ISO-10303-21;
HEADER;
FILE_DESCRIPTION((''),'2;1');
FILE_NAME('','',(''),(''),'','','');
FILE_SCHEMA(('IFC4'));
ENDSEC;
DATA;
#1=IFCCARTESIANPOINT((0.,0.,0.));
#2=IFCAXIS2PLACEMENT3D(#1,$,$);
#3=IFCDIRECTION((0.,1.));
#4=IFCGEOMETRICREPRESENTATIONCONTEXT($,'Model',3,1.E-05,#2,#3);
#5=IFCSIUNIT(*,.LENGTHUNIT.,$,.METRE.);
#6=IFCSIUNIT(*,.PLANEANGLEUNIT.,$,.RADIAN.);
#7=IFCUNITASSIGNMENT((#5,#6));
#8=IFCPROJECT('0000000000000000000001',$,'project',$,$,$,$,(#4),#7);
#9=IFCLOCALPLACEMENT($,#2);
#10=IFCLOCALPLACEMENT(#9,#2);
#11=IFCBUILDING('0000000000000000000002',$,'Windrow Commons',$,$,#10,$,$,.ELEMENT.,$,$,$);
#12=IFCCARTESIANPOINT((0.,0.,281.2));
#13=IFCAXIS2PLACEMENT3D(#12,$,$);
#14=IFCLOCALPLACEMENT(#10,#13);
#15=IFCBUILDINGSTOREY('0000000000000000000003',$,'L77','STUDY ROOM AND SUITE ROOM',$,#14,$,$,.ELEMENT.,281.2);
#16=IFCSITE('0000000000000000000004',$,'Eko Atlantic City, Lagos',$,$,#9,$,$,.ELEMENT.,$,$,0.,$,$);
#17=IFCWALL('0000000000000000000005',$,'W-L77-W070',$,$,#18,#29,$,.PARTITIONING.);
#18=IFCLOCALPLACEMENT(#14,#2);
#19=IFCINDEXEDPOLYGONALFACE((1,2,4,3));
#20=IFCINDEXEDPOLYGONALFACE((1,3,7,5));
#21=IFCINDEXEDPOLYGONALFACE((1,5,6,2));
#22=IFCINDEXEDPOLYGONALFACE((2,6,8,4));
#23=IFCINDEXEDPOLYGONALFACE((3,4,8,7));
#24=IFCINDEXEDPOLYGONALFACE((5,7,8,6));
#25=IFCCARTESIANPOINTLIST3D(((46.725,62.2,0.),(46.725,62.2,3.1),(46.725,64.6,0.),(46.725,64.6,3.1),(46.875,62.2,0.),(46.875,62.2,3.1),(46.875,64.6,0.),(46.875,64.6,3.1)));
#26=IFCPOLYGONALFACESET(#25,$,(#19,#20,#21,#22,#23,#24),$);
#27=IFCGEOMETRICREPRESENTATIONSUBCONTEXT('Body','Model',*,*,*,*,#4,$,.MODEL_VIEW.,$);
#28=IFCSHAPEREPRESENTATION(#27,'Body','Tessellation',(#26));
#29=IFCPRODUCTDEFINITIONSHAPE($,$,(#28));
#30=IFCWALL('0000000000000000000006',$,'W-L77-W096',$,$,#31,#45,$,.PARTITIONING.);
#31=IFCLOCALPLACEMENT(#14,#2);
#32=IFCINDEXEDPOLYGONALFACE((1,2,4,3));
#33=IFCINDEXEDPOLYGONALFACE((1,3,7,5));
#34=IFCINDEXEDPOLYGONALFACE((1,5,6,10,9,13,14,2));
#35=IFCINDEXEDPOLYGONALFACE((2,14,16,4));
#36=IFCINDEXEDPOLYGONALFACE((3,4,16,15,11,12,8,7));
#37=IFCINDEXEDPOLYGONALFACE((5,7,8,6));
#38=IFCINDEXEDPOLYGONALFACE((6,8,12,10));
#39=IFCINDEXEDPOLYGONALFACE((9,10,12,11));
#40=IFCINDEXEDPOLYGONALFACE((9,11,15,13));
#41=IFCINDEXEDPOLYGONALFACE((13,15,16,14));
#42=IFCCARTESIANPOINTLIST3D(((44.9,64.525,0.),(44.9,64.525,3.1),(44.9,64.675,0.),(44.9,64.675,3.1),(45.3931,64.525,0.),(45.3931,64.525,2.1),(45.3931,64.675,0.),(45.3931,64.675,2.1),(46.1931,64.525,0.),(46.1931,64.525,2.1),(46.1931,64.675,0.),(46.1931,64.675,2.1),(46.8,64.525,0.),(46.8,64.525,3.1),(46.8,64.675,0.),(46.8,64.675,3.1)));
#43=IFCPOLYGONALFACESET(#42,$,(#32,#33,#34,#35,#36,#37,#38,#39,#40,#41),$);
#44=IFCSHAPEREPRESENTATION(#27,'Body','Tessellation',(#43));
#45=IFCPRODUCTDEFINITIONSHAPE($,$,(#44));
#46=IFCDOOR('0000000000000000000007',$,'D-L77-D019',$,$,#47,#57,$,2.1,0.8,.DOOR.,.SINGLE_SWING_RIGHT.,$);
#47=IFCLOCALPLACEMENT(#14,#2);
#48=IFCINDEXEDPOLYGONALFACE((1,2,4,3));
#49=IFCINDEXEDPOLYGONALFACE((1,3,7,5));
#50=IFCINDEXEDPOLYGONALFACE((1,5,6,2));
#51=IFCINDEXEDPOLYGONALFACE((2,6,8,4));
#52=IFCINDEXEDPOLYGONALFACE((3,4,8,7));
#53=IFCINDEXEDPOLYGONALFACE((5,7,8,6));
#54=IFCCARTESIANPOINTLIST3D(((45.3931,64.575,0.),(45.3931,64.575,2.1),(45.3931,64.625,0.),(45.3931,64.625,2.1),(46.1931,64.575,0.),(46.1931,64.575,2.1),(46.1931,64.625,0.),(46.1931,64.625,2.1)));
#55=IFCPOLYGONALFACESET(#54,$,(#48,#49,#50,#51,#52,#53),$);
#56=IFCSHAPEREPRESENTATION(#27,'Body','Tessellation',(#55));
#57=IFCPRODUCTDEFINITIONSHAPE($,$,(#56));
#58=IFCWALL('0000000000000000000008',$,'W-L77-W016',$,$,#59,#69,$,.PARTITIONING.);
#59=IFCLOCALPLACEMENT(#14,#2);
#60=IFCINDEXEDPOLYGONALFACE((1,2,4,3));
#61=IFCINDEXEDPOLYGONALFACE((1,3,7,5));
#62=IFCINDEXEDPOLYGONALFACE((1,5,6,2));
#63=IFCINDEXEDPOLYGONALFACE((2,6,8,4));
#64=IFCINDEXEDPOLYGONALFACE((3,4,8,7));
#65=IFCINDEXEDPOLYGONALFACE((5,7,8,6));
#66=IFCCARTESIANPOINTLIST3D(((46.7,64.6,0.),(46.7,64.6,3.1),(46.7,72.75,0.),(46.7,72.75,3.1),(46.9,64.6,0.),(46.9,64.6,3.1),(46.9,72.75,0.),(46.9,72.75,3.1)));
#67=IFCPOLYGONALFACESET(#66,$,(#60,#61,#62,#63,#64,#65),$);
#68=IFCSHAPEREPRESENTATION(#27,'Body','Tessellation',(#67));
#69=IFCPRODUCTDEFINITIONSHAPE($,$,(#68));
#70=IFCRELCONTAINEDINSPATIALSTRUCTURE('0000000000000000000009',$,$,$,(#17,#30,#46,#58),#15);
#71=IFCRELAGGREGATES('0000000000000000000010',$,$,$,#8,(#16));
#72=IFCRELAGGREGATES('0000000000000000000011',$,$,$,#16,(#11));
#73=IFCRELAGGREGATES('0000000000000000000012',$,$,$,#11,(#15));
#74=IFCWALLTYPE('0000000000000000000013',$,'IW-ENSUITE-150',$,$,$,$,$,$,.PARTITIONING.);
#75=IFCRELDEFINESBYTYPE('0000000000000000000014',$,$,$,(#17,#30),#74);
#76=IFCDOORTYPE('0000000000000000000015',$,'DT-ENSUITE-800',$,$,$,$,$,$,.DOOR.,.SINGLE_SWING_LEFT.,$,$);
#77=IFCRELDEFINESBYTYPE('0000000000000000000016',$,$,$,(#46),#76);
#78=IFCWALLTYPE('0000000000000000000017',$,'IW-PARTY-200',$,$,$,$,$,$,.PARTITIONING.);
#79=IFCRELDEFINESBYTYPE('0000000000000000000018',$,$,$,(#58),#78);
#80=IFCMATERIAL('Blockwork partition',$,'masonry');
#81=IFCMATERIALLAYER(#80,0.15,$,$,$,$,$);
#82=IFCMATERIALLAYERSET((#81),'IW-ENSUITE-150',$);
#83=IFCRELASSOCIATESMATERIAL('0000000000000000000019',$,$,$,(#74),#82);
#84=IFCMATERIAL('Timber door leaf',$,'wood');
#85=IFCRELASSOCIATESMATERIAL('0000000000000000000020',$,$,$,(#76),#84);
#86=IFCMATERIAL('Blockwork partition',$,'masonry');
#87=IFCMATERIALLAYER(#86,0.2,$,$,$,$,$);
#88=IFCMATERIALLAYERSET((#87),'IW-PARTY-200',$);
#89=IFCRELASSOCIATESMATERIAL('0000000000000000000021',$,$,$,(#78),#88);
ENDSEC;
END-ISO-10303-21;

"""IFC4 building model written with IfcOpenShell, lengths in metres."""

from ifc_helpers import new_model, si_unit, direction, frame, frame_2d, origin, place, context, subcontext, project, spatial, rectangle, extrude, material, layer, layer_set, type_object, element, fill, save


model = new_model("IFC4")

# Units and contexts
model_context = context("Model", 3, precision=1e-05, world=origin(), true_north=direction((0.0, 1.0)))
body_context = subcontext(model_context, "Body", "Model", "MODEL_VIEW")
ifc_project = project(units=[si_unit("LENGTHUNIT", "METRE"), si_unit("PLANEANGLEUNIT", "RADIAN")], contexts=[model_context])

# Site, building, storey
site_placement = place(None, origin())
site = spatial("IfcSite", under=ifc_project, at=site_placement, Name="Eko Atlantic City, Lagos", CompositionType="ELEMENT", RefElevation=0.0)
building_placement = place(site_placement, origin())
building = spatial("IfcBuilding", under=site, at=building_placement, Name="Windrow Commons", CompositionType="ELEMENT")
storey_placement = place(building_placement, frame((0.0, 0.0, 281.2)))
storey = spatial("IfcBuildingStorey", under=building, at=storey_placement, Name="L77", Description="STUDY ROOM AND SUITE ROOM", CompositionType="ELEMENT", Elevation=281.2)

# Wall
ifc_material_1 = material(Name="Blockwork partition", Category="masonry")
ifc_layer_1 = layer(ifc_material_1, 0.15)
ifc_layer_set_1 = layer_set([ifc_layer_1], Name="IW-ENSUITE-150")
wall_type_1 = type_object("IfcWallType", Name="IW-ENSUITE-150", PredefinedType="PARTITIONING", material=ifc_layer_set_1)
for number, where, z_axis, x_axis, name in (
    (1, (46.8, 62.2, 0.0), (0.0, 0.0, 1.0), (0.0, 1.0, 0.0), "W-L77-W070"),
):
    element("IfcWall", number, at=place(storey_placement, frame(where, z_axis=z_axis, x_axis=x_axis)), inside=storey, type_object=wall_type_1, Name=name, PredefinedType="PARTITIONING", context=body_context, shape_type="SweptSolid", body=[
        extrude(rectangle(XDim=2.4, YDim=0.15, at=frame_2d((1.2, 0.0))), origin(), (0.0, 0.0, 1.0), 3.1),
    ])

# Wall, opening, door
wall_1_placement = place(storey_placement, frame((44.9, 64.6, 0.0), z_axis=(0.0, 0.0, 1.0), x_axis=(1.0, 0.0, 0.0)))
wall_1 = element("IfcWall", 2, at=wall_1_placement, inside=storey, type_object=wall_type_1, Name="W-L77-W096", PredefinedType="PARTITIONING", context=body_context, shape_type="SweptSolid", body=[
    extrude(rectangle(XDim=1.9, YDim=0.15, at=frame_2d((0.95, 0.0))), origin(), (0.0, 0.0, 1.0), 3.1),
])
opening_1_placement = place(wall_1_placement, frame((0.4931, 0.0, 0.0)))
opening_1 = element("IfcOpeningElement", 3, at=opening_1_placement, cuts=wall_1, PredefinedType="OPENING", context=body_context, shape_type="SweptSolid", body=[
    extrude(rectangle(XDim=0.8, YDim=2.1, at=frame_2d((0.4, 1.05))), frame((0.0, 0.085, 0.0), z_axis=(0.0, -1.0, 0.0), x_axis=(1.0, 0.0, 0.0)), (0.0, 0.0, 1.0), 0.17),
])
ifc_material_2 = material(Name="Timber door leaf", Category="wood")
door_type_1 = type_object("IfcDoorType", Name="DT-ENSUITE-800", OperationType="SINGLE_SWING_LEFT", PredefinedType="DOOR", material=ifc_material_2)
door_1_placement = place(opening_1_placement, origin())
door_1 = element("IfcDoor", 4, at=door_1_placement, inside=storey, type_object=door_type_1, Name="D-L77-D019", OperationType="SINGLE_SWING_RIGHT", OverallHeight=2.1, OverallWidth=0.8, PredefinedType="DOOR", context=body_context, shape_type="SweptSolid", body=[
    extrude(rectangle(XDim=0.8, YDim=2.1, at=frame_2d((0.4, 1.05))), frame((0.0, 0.025, 0.0), z_axis=(0.0, -1.0, 0.0), x_axis=(1.0, 0.0, 0.0)), (0.0, 0.0, 1.0), 0.05),
])
fill(opening_1, door_1)

# Wall
ifc_material_3 = material(Name="Blockwork partition", Category="masonry")
ifc_layer_2 = layer(ifc_material_3, 0.2)
ifc_layer_set_2 = layer_set([ifc_layer_2], Name="IW-PARTY-200")
wall_type_2 = type_object("IfcWallType", Name="IW-PARTY-200", PredefinedType="PARTITIONING", material=ifc_layer_set_2)
wall_2_placement = place(storey_placement, frame((46.8, 64.6, 0.0), z_axis=(0.0, 0.0, 1.0), x_axis=(0.0, 1.0, 0.0)))
element("IfcWall", 5, at=wall_2_placement, inside=storey, type_object=wall_type_2, Name="W-L77-W016", PredefinedType="PARTITIONING", context=body_context, shape_type="SweptSolid", body=[
    extrude(rectangle(XDim=8.15, YDim=0.2, at=frame_2d((4.075, 0.0))), origin(), (0.0, 0.0, 1.0), 3.1),
])

save(model, "model.ifc")
